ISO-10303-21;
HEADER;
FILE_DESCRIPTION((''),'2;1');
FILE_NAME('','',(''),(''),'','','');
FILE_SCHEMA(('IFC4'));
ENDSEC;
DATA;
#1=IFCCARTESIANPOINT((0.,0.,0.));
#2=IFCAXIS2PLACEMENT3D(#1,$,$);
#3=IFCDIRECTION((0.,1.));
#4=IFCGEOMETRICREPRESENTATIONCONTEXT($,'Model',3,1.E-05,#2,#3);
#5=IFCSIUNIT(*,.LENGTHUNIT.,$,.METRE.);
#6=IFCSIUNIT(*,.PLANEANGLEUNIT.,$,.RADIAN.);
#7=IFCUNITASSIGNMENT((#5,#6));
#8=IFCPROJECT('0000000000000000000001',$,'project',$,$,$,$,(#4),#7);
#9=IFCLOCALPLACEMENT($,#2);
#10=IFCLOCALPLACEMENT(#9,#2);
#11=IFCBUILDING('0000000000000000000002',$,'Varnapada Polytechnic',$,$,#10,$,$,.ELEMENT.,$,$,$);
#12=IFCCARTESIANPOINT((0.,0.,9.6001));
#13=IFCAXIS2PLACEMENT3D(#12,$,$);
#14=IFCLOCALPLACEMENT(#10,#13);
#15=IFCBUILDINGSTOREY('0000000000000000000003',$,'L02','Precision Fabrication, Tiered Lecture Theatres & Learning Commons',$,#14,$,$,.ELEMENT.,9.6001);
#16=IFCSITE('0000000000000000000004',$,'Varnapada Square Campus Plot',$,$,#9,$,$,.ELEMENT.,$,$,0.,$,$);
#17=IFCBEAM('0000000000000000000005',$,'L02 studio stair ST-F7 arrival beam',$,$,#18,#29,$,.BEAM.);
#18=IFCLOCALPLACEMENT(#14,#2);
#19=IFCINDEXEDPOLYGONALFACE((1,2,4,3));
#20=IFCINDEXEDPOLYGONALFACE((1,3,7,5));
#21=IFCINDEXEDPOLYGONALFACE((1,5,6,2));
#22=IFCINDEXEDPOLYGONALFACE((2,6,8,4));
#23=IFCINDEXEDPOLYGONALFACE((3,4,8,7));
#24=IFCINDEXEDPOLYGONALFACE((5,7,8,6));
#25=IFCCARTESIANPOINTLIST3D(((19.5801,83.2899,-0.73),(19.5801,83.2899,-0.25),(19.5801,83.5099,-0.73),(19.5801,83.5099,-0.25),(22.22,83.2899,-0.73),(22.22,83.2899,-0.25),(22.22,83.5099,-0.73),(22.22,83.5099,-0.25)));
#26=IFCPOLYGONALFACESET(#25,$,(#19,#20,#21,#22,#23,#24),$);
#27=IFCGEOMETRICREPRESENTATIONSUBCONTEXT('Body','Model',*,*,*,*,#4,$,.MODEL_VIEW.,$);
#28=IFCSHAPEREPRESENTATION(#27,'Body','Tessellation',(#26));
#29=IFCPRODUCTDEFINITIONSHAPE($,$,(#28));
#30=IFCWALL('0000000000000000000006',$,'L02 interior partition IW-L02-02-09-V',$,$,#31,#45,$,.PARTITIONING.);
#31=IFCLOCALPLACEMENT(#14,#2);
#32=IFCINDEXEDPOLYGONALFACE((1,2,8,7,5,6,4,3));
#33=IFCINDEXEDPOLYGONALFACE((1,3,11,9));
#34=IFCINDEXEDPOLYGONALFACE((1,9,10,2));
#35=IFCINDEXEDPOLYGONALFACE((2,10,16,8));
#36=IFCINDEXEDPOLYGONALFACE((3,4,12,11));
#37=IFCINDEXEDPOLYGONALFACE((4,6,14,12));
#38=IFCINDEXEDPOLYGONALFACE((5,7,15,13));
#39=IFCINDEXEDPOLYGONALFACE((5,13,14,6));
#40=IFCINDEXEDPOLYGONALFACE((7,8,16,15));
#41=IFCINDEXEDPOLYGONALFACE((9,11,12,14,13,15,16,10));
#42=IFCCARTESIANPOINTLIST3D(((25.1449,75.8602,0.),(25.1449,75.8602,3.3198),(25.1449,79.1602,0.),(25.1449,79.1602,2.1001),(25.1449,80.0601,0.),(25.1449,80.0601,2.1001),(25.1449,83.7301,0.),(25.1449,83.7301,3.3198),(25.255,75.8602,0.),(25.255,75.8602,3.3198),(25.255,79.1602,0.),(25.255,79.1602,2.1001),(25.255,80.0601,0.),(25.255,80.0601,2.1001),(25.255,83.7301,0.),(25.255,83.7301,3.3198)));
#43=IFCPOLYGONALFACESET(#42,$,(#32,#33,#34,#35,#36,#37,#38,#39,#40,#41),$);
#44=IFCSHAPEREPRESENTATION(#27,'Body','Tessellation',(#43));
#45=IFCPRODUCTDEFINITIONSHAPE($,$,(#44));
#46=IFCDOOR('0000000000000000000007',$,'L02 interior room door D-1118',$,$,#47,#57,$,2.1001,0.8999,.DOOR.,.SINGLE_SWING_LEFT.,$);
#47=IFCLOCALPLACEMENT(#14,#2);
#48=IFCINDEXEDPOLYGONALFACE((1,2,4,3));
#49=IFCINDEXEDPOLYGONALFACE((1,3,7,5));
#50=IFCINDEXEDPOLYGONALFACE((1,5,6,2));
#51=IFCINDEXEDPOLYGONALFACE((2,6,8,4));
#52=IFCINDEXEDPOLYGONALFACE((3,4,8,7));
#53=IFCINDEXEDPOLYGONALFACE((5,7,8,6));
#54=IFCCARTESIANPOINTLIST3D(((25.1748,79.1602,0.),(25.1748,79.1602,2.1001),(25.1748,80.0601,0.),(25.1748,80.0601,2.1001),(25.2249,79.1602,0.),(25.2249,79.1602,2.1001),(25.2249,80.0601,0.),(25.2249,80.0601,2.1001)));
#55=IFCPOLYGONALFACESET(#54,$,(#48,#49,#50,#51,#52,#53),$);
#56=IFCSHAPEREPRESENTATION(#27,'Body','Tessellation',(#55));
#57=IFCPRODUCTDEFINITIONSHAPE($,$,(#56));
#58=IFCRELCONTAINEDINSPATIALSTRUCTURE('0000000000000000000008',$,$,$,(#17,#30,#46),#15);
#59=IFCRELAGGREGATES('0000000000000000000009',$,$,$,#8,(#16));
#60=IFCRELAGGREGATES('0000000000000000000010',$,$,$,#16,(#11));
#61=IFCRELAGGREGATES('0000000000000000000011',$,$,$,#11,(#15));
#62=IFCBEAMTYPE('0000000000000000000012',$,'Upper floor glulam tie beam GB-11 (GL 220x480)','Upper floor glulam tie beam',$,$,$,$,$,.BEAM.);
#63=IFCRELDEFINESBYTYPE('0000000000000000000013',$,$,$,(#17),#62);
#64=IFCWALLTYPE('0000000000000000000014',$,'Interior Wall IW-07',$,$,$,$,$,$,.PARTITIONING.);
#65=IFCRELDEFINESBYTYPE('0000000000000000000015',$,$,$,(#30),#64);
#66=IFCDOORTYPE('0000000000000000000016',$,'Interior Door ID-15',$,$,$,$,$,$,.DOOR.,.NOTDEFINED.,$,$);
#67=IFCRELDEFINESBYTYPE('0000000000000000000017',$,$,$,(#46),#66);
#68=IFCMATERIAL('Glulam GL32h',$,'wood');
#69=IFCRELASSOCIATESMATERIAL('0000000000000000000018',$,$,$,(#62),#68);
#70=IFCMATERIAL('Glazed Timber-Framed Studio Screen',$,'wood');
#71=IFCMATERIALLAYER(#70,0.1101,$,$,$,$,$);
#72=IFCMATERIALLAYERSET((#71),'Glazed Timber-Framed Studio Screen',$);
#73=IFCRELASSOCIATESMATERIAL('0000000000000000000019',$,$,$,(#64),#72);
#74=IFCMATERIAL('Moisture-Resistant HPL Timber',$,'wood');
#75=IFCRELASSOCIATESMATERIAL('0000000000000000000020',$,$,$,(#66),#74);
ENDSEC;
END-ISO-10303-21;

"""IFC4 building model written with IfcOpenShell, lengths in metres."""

from ifc_helpers import new_model, si_unit, direction, frame, frame_2d, origin, origin_2d, place, context, subcontext, project, spatial, rectangle, extrude, material, layer, layer_set, material_profile, profile_set, type_object, element, fill, save


model = new_model("IFC4")

# Units and contexts
model_context = context("Model", 3, precision=1e-05, world=origin(), true_north=direction((0.0, 1.0)))
body_context = subcontext(model_context, "Body", "Model", "MODEL_VIEW")
ifc_project = project(units=[si_unit("LENGTHUNIT", "METRE"), si_unit("PLANEANGLEUNIT", "RADIAN")], contexts=[model_context])

# Site, building, storey
site_placement = place(None, origin())
site = spatial("IfcSite", under=ifc_project, at=site_placement, Name="Varnapada Square Campus Plot", CompositionType="ELEMENT", RefElevation=0.0)
building_placement = place(site_placement, origin())
building = spatial("IfcBuilding", under=site, at=building_placement, Name="Varnapada Polytechnic", CompositionType="ELEMENT")
storey_placement = place(building_placement, frame((0.0, 0.0, 9.6001)))
storey = spatial("IfcBuildingStorey", under=building, at=storey_placement, Name="L02", Description="Precision Fabrication, Tiered Lecture Theatres & Learning Commons", CompositionType="ELEMENT", Elevation=9.6001)

# Shared definitions
ifc_material_1 = material(Name="Glulam GL32h", Category="wood")

# Beam
ifc_material_profile_1 = material_profile(ifc_material_1, rectangle(XDim=0.22, YDim=0.48, at=origin_2d()), Name="GL 220x480")
ifc_profile_set_1 = profile_set([ifc_material_profile_1], Name="Glulam GL32h")
beam_type_1 = type_object("IfcBeamType", Name="Upper floor glulam tie beam GB-11 (GL 220x480)", Description="Upper floor glulam tie beam", PredefinedType="BEAM", material=ifc_profile_set_1)
beam_1_placement = place(storey_placement, frame((19.5801, 83.3999, -0.49), z_axis=(1.0, 0.0, 0.0), x_axis=(0.0, 1.0, 0.0)))
element("IfcBeam", 1, at=beam_1_placement, inside=storey, type_object=beam_type_1, Name="L02 studio stair ST-F7 arrival beam", PredefinedType="BEAM", context=body_context, shape_type="SweptSolid", body=[
    extrude(rectangle(XDim=0.22, YDim=0.48, at=origin_2d()), origin(), (0.0, 0.0, 1.0), 2.6399),
])

# Wall, opening, door
ifc_material_2 = material(Name="Glazed Timber-Framed Studio Screen", Category="wood")
ifc_layer = layer(ifc_material_2, 0.1101)
ifc_layer_set = layer_set([ifc_layer], Name="Glazed Timber-Framed Studio Screen")
wall_type = type_object("IfcWallType", Name="Interior Wall IW-07", PredefinedType="PARTITIONING", material=ifc_layer_set)
wall_placement = place(storey_placement, frame((25.2, 75.8601, 0.0), z_axis=(0.0, 0.0, 1.0), x_axis=(0.0, 1.0, 0.0)))
wall = element("IfcWall", 2, at=wall_placement, inside=storey, type_object=wall_type, Name="L02 interior partition IW-L02-02-09-V", PredefinedType="PARTITIONING", context=body_context, shape_type="SweptSolid", body=[
    extrude(rectangle(XDim=7.8699, YDim=0.1101, at=frame_2d((3.9351, 0.0))), origin(), (0.0, 0.0, 1.0), 3.3198),
])
opening_placement = place(wall_placement, frame((3.3, 0.0, 0.0)))
opening = element("IfcOpeningElement", 3, at=opening_placement, cuts=wall, PredefinedType="OPENING", context=body_context, shape_type="SweptSolid", body=[
    extrude(rectangle(XDim=0.8999, YDim=2.1001, at=frame_2d((0.45, 1.05))), frame((0.0, 0.0649, 0.0), z_axis=(0.0, -1.0, 0.0), x_axis=(1.0, 0.0, 0.0)), (0.0, 0.0, 1.0), 0.1301),
])
ifc_material_3 = material(Name="Moisture-Resistant HPL Timber", Category="wood")
door_type = type_object("IfcDoorType", Name="Interior Door ID-15", OperationType="NOTDEFINED", PredefinedType="DOOR", material=ifc_material_3)
door_placement = place(opening_placement, frame((0.8999, 0.0, 0.0), z_axis=(0.0, 0.0, 1.0), x_axis=(-1.0, 0.0, 0.0)))
door = element("IfcDoor", 4, at=door_placement, inside=storey, type_object=door_type, Name="L02 interior room door D-1118", OperationType="SINGLE_SWING_LEFT", OverallHeight=2.1001, OverallWidth=0.8999, PredefinedType="DOOR", context=body_context, shape_type="SweptSolid", body=[
    extrude(rectangle(XDim=0.8999, YDim=2.1001, at=frame_2d((0.45, 1.05))), frame((0.0, 0.0249, 0.0), z_axis=(0.0, -1.0, 0.0), x_axis=(1.0, 0.0, 0.0)), (0.0, 0.0, 1.0), 0.05),
])
fill(opening, door)

save(model, "model.ifc")
